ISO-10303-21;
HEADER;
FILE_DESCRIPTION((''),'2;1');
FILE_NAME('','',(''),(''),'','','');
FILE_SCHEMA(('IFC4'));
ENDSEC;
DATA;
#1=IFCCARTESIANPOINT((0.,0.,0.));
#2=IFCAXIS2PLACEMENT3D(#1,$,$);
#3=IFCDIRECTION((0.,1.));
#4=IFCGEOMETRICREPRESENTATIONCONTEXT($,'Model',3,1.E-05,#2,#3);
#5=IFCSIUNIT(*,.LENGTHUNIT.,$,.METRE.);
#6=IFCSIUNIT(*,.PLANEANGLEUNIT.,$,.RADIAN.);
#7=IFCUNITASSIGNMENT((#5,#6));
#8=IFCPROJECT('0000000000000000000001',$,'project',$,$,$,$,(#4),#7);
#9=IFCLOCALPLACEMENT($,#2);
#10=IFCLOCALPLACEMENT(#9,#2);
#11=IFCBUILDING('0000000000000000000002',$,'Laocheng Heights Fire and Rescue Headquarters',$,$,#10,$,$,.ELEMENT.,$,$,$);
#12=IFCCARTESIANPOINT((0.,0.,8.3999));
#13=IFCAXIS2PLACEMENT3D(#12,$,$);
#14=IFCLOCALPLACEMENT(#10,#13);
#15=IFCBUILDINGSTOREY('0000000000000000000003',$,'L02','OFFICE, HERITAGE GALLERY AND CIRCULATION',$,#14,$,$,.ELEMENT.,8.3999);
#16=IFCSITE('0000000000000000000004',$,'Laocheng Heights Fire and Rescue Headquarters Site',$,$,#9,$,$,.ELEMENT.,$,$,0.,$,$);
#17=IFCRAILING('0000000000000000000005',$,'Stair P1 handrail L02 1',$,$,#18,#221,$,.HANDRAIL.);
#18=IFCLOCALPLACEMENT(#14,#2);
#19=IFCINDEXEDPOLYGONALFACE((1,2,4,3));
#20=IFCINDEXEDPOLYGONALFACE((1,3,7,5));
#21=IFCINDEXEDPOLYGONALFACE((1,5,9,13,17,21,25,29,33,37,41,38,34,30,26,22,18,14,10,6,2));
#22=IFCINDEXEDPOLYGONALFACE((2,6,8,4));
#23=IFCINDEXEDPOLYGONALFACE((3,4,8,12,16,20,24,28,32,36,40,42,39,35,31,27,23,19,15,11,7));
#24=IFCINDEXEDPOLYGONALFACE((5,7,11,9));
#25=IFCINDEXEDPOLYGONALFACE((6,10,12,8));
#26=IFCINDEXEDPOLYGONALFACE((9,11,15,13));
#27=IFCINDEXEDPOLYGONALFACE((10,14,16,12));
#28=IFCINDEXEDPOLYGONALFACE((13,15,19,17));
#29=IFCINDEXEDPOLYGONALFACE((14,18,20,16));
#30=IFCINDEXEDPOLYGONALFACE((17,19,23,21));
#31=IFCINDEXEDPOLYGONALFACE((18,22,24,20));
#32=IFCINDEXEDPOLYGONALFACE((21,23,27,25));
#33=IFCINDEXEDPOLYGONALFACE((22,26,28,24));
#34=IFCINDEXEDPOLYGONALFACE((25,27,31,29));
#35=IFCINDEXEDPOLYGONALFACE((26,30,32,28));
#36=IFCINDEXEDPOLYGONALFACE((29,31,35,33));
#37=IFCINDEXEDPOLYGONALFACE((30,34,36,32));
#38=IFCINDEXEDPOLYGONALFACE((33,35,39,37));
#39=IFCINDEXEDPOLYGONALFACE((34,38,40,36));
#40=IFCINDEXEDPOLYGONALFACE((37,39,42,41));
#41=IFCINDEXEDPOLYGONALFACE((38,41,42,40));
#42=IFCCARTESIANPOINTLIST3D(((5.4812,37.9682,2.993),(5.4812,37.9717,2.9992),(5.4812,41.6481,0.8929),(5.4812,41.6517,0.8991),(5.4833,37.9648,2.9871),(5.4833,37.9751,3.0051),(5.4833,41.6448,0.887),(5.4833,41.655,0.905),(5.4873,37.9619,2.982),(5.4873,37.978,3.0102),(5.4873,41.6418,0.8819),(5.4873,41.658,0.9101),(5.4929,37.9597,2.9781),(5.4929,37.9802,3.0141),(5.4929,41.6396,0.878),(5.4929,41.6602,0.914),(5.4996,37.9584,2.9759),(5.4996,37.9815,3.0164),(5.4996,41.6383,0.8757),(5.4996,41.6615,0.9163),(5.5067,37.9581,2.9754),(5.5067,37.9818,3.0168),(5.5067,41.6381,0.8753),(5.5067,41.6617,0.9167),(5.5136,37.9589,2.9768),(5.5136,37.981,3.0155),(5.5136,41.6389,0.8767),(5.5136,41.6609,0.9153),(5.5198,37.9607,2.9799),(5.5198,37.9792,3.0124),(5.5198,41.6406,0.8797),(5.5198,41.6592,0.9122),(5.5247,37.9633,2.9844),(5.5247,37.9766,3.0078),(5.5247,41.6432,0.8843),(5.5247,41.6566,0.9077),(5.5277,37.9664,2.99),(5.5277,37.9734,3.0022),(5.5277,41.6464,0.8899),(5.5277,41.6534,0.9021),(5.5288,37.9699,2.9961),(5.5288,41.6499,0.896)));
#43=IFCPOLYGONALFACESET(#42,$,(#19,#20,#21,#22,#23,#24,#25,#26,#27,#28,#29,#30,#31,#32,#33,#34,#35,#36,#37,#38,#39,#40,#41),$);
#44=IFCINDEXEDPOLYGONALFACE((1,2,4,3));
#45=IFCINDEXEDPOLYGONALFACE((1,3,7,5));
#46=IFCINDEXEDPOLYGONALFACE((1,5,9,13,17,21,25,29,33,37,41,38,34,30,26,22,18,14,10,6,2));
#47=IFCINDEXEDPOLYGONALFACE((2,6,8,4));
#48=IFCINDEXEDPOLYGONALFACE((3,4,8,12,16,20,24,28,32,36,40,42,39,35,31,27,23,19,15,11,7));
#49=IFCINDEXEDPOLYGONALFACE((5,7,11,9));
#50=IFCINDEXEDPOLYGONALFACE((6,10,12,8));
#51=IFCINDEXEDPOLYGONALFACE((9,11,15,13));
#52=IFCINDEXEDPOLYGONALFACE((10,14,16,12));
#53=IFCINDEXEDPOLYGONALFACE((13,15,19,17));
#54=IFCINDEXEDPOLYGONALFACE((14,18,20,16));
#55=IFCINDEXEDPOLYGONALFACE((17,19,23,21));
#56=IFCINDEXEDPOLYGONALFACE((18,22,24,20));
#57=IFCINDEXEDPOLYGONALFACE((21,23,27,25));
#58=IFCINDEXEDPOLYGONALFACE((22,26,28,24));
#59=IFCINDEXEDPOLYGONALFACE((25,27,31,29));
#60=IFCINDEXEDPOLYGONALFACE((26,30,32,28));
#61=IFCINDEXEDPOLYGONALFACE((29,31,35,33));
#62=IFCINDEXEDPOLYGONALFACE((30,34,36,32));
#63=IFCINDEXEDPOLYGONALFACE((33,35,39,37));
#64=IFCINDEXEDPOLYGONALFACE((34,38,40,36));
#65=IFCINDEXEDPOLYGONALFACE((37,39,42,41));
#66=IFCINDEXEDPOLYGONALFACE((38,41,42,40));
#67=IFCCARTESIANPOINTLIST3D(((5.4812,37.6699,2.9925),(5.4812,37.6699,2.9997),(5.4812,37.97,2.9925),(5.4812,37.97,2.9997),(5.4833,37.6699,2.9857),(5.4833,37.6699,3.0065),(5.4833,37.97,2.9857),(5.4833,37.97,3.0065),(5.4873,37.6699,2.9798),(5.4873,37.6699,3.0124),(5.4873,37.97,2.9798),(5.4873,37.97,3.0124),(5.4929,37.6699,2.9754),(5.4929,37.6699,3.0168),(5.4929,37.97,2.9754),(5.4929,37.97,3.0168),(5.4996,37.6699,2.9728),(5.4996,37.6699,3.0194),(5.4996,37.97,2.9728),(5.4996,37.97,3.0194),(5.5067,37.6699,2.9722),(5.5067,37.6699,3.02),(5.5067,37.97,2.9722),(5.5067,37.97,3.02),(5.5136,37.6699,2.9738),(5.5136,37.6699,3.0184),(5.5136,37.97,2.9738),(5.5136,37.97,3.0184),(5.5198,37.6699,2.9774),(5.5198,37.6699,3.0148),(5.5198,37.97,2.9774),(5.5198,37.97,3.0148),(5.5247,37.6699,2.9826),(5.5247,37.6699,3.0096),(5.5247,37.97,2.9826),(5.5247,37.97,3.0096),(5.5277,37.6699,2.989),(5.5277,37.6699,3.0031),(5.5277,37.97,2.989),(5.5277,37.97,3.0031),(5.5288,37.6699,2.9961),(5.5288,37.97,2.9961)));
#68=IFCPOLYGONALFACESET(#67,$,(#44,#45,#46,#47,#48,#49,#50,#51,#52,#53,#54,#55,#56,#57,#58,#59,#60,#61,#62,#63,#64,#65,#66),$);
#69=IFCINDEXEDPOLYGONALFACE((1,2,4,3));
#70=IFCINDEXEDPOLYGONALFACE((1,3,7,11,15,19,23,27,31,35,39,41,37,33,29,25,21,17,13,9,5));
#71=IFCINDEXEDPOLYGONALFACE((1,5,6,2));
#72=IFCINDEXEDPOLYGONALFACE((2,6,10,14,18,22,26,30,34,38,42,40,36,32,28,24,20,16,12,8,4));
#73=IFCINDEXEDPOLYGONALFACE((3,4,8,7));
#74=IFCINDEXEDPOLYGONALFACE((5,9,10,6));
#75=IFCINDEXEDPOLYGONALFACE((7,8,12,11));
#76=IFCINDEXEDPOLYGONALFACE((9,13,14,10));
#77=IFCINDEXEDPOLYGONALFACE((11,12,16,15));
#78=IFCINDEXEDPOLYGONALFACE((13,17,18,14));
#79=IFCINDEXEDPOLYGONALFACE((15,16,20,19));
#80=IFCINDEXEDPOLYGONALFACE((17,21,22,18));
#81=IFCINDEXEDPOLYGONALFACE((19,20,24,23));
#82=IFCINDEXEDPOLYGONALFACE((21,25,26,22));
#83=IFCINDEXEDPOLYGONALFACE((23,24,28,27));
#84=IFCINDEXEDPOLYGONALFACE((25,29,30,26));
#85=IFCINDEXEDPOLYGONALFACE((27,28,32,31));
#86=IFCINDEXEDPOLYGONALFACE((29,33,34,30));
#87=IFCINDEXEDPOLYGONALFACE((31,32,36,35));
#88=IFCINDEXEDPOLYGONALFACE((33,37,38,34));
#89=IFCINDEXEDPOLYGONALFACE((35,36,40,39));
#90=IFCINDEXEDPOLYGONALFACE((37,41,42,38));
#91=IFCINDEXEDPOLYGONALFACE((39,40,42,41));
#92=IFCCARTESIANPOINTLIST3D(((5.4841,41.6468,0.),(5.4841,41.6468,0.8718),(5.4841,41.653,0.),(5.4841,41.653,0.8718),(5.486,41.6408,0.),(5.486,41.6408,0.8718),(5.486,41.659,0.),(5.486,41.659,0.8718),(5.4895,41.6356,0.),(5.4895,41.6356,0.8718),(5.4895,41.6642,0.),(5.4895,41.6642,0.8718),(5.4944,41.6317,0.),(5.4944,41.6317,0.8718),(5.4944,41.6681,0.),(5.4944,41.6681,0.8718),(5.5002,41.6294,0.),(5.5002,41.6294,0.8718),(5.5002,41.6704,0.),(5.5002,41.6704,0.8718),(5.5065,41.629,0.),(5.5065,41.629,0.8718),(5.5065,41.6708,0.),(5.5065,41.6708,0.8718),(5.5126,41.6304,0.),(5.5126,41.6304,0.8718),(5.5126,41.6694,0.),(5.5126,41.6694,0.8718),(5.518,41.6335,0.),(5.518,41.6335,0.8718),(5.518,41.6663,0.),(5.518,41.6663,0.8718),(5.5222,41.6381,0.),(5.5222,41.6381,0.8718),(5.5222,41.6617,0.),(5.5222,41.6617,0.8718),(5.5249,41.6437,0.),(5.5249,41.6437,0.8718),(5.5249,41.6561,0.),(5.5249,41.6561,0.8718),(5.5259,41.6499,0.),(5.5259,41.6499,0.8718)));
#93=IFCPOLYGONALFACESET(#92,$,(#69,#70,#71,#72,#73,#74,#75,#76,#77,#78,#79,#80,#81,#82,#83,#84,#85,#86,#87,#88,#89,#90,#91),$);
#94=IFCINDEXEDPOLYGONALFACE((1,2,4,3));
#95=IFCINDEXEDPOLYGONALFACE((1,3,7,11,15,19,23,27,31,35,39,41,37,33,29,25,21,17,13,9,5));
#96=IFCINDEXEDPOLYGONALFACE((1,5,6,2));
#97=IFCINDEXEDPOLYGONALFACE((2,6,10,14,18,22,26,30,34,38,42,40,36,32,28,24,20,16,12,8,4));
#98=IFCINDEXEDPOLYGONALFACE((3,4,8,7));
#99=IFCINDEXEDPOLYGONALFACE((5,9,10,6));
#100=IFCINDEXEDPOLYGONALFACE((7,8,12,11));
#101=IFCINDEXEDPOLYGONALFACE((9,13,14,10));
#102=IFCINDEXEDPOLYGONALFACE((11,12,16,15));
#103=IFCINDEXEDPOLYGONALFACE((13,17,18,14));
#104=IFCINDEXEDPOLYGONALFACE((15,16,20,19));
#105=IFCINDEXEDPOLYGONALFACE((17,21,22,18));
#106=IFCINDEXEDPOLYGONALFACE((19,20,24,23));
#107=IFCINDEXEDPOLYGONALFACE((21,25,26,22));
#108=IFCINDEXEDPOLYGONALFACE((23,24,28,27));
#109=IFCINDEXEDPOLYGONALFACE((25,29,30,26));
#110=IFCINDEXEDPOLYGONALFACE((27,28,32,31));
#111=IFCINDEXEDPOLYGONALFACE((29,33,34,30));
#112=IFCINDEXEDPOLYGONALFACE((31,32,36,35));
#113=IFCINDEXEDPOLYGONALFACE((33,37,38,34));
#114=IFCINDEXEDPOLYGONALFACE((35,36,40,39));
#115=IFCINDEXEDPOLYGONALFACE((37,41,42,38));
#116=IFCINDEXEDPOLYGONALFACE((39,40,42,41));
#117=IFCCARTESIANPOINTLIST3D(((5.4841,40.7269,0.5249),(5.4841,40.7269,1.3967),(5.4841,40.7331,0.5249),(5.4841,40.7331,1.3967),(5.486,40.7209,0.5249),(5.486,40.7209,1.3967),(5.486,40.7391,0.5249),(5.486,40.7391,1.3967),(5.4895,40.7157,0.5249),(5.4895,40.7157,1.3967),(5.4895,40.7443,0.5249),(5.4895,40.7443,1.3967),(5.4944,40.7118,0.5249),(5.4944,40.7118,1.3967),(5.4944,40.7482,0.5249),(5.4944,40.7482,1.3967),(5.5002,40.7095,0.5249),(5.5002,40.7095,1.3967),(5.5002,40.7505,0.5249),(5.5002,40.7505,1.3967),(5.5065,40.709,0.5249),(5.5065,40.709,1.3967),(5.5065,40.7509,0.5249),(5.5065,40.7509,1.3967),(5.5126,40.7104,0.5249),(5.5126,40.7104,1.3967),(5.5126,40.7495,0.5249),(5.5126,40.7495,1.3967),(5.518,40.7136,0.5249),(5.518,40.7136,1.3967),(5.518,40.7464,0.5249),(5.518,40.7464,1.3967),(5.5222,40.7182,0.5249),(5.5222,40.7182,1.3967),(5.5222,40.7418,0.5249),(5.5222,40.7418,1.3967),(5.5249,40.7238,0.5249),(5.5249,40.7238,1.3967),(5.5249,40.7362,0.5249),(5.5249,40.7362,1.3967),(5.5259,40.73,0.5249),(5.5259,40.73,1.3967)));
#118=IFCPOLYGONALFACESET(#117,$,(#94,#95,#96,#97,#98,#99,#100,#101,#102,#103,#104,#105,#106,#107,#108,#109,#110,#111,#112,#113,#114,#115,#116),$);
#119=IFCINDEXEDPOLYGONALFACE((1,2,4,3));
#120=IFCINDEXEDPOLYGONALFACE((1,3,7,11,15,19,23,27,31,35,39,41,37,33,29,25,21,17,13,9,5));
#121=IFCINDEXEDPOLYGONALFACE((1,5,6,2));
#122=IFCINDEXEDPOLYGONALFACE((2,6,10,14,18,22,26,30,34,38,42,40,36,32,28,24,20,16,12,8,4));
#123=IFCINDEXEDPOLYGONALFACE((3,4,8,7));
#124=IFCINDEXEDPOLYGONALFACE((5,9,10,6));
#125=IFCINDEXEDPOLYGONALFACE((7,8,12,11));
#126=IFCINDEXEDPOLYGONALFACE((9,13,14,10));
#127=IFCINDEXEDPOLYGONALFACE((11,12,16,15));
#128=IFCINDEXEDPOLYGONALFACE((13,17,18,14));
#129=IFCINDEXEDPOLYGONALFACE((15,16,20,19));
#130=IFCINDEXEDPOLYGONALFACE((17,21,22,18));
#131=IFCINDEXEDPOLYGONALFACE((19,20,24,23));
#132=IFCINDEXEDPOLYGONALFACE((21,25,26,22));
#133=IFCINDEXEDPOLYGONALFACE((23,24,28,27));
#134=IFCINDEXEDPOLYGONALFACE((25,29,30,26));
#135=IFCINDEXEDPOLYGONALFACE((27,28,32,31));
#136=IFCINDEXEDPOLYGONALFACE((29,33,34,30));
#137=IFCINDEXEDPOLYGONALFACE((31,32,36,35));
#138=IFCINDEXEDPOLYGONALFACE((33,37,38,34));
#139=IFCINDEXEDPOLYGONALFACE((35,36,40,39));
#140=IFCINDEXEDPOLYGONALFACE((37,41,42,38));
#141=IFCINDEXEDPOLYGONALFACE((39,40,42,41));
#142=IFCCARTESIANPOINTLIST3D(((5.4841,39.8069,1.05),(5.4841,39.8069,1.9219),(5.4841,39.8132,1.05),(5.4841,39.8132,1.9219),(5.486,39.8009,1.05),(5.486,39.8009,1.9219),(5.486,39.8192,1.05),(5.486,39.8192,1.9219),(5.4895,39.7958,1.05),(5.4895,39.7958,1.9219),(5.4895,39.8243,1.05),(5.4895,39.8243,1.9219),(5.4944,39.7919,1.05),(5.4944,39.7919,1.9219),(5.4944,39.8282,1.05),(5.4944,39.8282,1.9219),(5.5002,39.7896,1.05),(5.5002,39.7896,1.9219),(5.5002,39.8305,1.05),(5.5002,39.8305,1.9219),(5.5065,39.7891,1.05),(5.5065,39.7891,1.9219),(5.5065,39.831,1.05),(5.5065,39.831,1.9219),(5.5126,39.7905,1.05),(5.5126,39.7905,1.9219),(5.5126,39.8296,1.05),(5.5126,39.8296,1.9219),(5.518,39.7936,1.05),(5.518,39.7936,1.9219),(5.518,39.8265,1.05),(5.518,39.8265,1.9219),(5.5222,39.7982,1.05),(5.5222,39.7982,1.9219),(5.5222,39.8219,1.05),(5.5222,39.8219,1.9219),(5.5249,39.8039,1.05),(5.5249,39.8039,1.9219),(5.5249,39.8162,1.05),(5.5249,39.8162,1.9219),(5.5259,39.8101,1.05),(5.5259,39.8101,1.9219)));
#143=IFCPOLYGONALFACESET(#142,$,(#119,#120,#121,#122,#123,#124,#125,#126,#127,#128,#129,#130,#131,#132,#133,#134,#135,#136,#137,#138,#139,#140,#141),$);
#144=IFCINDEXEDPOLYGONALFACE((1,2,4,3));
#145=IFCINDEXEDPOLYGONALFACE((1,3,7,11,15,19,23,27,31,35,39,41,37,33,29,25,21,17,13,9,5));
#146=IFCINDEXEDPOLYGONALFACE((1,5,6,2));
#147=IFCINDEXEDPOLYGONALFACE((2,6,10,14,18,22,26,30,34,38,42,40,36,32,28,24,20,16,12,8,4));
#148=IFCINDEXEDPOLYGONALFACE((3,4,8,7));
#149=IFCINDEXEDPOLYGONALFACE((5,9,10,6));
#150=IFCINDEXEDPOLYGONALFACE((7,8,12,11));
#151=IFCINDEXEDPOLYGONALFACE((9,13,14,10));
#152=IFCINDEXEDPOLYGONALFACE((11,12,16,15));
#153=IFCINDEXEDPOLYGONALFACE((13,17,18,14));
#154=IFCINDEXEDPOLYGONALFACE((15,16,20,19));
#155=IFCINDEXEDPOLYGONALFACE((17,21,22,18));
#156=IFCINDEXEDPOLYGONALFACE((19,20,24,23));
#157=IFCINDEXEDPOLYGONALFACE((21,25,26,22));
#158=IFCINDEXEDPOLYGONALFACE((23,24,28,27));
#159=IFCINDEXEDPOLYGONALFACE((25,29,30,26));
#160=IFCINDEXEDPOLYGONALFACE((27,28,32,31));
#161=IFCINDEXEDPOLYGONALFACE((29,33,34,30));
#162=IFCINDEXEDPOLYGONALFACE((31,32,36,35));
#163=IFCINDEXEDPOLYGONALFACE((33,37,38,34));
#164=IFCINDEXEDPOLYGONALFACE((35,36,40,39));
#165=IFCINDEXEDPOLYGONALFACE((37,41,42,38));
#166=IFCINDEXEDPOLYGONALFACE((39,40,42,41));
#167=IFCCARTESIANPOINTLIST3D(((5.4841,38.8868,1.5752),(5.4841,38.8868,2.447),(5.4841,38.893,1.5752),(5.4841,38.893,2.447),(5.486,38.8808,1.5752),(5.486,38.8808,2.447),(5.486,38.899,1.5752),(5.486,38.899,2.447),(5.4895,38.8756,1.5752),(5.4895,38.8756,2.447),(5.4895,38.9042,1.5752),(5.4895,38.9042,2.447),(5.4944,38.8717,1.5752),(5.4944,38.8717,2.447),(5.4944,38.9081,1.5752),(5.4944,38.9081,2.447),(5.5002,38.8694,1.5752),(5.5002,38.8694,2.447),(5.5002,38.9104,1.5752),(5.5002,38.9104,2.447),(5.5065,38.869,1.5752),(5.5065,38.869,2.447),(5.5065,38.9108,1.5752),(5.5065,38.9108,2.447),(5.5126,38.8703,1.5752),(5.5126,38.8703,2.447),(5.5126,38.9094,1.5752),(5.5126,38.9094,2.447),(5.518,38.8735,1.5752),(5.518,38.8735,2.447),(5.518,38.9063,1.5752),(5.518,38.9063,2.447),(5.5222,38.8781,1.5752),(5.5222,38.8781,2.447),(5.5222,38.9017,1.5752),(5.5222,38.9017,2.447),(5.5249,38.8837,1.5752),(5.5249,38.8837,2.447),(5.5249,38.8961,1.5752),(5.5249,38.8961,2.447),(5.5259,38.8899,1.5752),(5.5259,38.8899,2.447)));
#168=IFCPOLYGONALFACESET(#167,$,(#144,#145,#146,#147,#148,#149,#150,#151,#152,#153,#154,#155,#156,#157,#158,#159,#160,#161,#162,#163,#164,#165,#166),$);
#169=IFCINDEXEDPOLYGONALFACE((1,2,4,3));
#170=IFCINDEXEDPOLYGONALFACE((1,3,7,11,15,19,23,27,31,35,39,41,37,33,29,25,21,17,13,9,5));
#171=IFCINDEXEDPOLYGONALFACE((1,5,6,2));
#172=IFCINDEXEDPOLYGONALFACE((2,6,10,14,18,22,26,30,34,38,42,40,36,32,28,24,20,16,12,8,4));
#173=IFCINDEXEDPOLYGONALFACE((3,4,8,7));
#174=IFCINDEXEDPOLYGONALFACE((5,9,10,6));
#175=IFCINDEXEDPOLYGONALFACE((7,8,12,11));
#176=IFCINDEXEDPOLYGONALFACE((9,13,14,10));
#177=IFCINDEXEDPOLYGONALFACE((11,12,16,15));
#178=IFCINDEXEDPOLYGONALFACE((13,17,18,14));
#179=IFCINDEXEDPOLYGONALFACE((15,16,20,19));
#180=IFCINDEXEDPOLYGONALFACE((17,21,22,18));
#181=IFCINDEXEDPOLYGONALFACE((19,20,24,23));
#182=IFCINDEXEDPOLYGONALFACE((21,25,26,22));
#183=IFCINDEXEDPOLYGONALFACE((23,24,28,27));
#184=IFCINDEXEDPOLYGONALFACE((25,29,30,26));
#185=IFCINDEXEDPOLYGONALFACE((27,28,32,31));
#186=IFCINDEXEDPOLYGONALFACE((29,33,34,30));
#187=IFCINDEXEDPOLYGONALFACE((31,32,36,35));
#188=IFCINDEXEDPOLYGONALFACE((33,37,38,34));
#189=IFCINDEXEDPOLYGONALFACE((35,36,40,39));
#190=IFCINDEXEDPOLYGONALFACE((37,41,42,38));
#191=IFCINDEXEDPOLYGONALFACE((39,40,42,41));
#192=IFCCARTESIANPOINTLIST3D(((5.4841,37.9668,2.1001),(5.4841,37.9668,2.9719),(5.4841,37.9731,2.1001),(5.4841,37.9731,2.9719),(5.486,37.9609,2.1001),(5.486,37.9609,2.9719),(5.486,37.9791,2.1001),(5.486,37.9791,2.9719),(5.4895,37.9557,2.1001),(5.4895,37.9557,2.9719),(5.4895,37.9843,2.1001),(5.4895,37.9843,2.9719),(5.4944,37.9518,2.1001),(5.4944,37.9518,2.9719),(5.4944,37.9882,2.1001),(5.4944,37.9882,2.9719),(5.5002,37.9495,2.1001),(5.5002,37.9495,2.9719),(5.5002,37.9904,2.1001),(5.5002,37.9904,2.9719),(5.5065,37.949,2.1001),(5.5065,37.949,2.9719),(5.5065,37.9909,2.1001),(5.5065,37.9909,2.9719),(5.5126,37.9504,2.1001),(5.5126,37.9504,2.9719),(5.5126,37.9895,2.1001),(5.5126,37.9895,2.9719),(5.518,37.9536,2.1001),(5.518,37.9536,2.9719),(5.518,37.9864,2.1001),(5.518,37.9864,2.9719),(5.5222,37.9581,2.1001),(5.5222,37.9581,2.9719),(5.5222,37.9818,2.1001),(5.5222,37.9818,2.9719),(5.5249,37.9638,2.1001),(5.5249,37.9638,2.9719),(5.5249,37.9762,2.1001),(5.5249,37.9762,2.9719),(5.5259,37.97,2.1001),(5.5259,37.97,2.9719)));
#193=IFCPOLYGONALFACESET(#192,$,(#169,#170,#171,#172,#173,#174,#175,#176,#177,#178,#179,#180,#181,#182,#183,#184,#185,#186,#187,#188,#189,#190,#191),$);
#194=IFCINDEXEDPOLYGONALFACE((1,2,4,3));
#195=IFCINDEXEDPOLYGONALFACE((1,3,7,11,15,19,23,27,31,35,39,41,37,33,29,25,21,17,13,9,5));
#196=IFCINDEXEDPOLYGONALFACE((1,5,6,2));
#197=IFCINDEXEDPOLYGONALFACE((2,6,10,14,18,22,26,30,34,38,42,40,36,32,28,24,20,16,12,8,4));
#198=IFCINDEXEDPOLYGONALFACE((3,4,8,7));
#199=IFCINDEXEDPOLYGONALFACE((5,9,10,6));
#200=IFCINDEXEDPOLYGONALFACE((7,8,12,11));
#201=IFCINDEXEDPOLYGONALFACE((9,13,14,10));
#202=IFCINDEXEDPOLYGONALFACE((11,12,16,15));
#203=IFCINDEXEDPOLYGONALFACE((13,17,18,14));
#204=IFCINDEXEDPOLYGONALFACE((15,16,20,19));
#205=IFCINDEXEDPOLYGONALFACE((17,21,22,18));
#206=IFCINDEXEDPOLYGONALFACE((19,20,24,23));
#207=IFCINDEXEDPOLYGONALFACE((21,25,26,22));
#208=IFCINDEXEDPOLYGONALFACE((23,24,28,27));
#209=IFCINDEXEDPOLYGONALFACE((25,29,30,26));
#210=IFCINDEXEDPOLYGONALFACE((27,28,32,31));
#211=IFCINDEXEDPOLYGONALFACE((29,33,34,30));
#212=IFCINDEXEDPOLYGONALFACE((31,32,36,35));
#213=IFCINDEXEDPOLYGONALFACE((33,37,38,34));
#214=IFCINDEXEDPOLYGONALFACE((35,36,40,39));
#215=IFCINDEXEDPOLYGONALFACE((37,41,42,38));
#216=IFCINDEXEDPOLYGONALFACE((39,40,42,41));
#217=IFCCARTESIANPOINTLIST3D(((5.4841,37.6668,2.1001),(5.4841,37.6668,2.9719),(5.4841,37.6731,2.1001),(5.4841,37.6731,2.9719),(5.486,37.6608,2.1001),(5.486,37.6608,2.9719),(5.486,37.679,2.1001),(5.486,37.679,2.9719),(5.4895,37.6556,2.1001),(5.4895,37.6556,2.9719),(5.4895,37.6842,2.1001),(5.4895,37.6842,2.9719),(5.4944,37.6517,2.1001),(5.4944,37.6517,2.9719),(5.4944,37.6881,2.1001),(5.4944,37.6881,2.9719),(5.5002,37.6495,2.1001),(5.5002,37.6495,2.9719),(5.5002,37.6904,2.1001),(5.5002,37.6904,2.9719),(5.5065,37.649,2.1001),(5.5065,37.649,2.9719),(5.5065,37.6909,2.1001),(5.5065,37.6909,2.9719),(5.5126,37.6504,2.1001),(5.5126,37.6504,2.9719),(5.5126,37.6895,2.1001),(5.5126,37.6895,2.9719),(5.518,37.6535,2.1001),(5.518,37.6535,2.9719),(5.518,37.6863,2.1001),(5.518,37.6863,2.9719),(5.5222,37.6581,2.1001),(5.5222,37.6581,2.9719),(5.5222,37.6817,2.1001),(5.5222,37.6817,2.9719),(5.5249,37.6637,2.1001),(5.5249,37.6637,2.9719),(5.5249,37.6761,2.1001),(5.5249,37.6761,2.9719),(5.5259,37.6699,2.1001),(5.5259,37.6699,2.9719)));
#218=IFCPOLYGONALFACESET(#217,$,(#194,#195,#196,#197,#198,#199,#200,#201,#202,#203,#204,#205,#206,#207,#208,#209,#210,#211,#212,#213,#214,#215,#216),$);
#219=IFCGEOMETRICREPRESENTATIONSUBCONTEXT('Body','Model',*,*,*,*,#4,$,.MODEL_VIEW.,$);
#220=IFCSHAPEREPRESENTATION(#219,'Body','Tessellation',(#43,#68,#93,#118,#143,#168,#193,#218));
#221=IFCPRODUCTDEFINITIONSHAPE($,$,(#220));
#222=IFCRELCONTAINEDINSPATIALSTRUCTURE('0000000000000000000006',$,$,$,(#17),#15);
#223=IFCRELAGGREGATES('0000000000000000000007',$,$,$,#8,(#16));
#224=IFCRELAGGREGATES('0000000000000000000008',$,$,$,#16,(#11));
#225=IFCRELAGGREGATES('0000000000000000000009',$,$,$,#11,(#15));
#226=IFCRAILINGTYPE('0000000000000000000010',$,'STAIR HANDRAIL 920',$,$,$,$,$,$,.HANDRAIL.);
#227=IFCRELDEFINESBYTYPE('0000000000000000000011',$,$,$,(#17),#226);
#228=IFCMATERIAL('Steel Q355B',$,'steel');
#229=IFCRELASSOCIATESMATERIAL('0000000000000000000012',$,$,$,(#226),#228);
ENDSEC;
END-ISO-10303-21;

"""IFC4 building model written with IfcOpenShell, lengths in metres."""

from ifc_helpers import new_model, si_unit, direction, frame, origin, origin_2d, place, context, subcontext, project, spatial, circle, extrude, material, type_object, element, save


model = new_model("IFC4")

# Units and contexts
model_context = context("Model", 3, precision=1e-05, world=origin(), true_north=direction((0.0, 1.0)))
body_context = subcontext(model_context, "Body", "Model", "MODEL_VIEW")
ifc_project = project(units=[si_unit("LENGTHUNIT", "METRE"), si_unit("PLANEANGLEUNIT", "RADIAN")], contexts=[model_context])

# Site, building, storey
site_placement = place(None, origin())
site = spatial("IfcSite", under=ifc_project, at=site_placement, Name="Laocheng Heights Fire and Rescue Headquarters Site", CompositionType="ELEMENT", RefElevation=0.0)
building_placement = place(site_placement, origin())
building = spatial("IfcBuilding", under=site, at=building_placement, Name="Laocheng Heights Fire and Rescue Headquarters", CompositionType="ELEMENT")
storey_placement = place(building_placement, frame((0.0, 0.0, 8.3999)))
storey = spatial("IfcBuildingStorey", under=building, at=storey_placement, Name="L02", Description="OFFICE, HERITAGE GALLERY AND CIRCULATION", CompositionType="ELEMENT", Elevation=8.3999)

# Railing
ifc_material_1 = material(Name="Steel Q355B", Category="steel")
railing_type_1 = type_object("IfcRailingType", Name="STAIR HANDRAIL 920", PredefinedType="HANDRAIL", material=ifc_material_1)
railing_1_placement = place(storey_placement, frame((5.5049, 41.6499, 0.0)))
element("IfcRailing", 1, at=railing_1_placement, inside=storey, type_object=railing_type_1, Name="Stair P1 handrail L02 1", PredefinedType="HANDRAIL", context=body_context, shape_type="SweptSolid", body=[
    extrude(circle(Radius=0.0239, at=origin_2d()), frame((0.0, 0.0, 0.896), z_axis=(0.0, -0.86852, 0.495655), x_axis=(1.0, 0.0, 0.0)), (0.0, 0.0, 1.0), 4.2371),
    extrude(circle(Radius=0.0239, at=origin_2d()), frame((0.0, -3.6799, 2.9961), z_axis=(0.0, -1.0, 0.0), x_axis=(1.0, 0.0, 0.0)), (0.0, 0.0, 1.0), 0.3),
    extrude(circle(Radius=0.021, at=origin_2d()), origin(), (0.0, 0.0, 1.0), 0.8718),
    extrude(circle(Radius=0.021, at=origin_2d()), frame((0.0, -0.9199, 0.5249)), (0.0, 0.0, 1.0), 0.8718),
    extrude(circle(Radius=0.021, at=origin_2d()), frame((0.0, -1.8398, 1.05)), (0.0, 0.0, 1.0), 0.8718),
    extrude(circle(Radius=0.021, at=origin_2d()), frame((0.0, -2.76, 1.5752)), (0.0, 0.0, 1.0), 0.8718),
    extrude(circle(Radius=0.021, at=origin_2d()), frame((0.0, -3.6799, 2.1001)), (0.0, 0.0, 1.0), 0.8718),
    extrude(circle(Radius=0.021, at=origin_2d()), frame((0.0, -3.98, 2.1001)), (0.0, 0.0, 1.0), 0.8718),
])

save(model, "model.ifc")
